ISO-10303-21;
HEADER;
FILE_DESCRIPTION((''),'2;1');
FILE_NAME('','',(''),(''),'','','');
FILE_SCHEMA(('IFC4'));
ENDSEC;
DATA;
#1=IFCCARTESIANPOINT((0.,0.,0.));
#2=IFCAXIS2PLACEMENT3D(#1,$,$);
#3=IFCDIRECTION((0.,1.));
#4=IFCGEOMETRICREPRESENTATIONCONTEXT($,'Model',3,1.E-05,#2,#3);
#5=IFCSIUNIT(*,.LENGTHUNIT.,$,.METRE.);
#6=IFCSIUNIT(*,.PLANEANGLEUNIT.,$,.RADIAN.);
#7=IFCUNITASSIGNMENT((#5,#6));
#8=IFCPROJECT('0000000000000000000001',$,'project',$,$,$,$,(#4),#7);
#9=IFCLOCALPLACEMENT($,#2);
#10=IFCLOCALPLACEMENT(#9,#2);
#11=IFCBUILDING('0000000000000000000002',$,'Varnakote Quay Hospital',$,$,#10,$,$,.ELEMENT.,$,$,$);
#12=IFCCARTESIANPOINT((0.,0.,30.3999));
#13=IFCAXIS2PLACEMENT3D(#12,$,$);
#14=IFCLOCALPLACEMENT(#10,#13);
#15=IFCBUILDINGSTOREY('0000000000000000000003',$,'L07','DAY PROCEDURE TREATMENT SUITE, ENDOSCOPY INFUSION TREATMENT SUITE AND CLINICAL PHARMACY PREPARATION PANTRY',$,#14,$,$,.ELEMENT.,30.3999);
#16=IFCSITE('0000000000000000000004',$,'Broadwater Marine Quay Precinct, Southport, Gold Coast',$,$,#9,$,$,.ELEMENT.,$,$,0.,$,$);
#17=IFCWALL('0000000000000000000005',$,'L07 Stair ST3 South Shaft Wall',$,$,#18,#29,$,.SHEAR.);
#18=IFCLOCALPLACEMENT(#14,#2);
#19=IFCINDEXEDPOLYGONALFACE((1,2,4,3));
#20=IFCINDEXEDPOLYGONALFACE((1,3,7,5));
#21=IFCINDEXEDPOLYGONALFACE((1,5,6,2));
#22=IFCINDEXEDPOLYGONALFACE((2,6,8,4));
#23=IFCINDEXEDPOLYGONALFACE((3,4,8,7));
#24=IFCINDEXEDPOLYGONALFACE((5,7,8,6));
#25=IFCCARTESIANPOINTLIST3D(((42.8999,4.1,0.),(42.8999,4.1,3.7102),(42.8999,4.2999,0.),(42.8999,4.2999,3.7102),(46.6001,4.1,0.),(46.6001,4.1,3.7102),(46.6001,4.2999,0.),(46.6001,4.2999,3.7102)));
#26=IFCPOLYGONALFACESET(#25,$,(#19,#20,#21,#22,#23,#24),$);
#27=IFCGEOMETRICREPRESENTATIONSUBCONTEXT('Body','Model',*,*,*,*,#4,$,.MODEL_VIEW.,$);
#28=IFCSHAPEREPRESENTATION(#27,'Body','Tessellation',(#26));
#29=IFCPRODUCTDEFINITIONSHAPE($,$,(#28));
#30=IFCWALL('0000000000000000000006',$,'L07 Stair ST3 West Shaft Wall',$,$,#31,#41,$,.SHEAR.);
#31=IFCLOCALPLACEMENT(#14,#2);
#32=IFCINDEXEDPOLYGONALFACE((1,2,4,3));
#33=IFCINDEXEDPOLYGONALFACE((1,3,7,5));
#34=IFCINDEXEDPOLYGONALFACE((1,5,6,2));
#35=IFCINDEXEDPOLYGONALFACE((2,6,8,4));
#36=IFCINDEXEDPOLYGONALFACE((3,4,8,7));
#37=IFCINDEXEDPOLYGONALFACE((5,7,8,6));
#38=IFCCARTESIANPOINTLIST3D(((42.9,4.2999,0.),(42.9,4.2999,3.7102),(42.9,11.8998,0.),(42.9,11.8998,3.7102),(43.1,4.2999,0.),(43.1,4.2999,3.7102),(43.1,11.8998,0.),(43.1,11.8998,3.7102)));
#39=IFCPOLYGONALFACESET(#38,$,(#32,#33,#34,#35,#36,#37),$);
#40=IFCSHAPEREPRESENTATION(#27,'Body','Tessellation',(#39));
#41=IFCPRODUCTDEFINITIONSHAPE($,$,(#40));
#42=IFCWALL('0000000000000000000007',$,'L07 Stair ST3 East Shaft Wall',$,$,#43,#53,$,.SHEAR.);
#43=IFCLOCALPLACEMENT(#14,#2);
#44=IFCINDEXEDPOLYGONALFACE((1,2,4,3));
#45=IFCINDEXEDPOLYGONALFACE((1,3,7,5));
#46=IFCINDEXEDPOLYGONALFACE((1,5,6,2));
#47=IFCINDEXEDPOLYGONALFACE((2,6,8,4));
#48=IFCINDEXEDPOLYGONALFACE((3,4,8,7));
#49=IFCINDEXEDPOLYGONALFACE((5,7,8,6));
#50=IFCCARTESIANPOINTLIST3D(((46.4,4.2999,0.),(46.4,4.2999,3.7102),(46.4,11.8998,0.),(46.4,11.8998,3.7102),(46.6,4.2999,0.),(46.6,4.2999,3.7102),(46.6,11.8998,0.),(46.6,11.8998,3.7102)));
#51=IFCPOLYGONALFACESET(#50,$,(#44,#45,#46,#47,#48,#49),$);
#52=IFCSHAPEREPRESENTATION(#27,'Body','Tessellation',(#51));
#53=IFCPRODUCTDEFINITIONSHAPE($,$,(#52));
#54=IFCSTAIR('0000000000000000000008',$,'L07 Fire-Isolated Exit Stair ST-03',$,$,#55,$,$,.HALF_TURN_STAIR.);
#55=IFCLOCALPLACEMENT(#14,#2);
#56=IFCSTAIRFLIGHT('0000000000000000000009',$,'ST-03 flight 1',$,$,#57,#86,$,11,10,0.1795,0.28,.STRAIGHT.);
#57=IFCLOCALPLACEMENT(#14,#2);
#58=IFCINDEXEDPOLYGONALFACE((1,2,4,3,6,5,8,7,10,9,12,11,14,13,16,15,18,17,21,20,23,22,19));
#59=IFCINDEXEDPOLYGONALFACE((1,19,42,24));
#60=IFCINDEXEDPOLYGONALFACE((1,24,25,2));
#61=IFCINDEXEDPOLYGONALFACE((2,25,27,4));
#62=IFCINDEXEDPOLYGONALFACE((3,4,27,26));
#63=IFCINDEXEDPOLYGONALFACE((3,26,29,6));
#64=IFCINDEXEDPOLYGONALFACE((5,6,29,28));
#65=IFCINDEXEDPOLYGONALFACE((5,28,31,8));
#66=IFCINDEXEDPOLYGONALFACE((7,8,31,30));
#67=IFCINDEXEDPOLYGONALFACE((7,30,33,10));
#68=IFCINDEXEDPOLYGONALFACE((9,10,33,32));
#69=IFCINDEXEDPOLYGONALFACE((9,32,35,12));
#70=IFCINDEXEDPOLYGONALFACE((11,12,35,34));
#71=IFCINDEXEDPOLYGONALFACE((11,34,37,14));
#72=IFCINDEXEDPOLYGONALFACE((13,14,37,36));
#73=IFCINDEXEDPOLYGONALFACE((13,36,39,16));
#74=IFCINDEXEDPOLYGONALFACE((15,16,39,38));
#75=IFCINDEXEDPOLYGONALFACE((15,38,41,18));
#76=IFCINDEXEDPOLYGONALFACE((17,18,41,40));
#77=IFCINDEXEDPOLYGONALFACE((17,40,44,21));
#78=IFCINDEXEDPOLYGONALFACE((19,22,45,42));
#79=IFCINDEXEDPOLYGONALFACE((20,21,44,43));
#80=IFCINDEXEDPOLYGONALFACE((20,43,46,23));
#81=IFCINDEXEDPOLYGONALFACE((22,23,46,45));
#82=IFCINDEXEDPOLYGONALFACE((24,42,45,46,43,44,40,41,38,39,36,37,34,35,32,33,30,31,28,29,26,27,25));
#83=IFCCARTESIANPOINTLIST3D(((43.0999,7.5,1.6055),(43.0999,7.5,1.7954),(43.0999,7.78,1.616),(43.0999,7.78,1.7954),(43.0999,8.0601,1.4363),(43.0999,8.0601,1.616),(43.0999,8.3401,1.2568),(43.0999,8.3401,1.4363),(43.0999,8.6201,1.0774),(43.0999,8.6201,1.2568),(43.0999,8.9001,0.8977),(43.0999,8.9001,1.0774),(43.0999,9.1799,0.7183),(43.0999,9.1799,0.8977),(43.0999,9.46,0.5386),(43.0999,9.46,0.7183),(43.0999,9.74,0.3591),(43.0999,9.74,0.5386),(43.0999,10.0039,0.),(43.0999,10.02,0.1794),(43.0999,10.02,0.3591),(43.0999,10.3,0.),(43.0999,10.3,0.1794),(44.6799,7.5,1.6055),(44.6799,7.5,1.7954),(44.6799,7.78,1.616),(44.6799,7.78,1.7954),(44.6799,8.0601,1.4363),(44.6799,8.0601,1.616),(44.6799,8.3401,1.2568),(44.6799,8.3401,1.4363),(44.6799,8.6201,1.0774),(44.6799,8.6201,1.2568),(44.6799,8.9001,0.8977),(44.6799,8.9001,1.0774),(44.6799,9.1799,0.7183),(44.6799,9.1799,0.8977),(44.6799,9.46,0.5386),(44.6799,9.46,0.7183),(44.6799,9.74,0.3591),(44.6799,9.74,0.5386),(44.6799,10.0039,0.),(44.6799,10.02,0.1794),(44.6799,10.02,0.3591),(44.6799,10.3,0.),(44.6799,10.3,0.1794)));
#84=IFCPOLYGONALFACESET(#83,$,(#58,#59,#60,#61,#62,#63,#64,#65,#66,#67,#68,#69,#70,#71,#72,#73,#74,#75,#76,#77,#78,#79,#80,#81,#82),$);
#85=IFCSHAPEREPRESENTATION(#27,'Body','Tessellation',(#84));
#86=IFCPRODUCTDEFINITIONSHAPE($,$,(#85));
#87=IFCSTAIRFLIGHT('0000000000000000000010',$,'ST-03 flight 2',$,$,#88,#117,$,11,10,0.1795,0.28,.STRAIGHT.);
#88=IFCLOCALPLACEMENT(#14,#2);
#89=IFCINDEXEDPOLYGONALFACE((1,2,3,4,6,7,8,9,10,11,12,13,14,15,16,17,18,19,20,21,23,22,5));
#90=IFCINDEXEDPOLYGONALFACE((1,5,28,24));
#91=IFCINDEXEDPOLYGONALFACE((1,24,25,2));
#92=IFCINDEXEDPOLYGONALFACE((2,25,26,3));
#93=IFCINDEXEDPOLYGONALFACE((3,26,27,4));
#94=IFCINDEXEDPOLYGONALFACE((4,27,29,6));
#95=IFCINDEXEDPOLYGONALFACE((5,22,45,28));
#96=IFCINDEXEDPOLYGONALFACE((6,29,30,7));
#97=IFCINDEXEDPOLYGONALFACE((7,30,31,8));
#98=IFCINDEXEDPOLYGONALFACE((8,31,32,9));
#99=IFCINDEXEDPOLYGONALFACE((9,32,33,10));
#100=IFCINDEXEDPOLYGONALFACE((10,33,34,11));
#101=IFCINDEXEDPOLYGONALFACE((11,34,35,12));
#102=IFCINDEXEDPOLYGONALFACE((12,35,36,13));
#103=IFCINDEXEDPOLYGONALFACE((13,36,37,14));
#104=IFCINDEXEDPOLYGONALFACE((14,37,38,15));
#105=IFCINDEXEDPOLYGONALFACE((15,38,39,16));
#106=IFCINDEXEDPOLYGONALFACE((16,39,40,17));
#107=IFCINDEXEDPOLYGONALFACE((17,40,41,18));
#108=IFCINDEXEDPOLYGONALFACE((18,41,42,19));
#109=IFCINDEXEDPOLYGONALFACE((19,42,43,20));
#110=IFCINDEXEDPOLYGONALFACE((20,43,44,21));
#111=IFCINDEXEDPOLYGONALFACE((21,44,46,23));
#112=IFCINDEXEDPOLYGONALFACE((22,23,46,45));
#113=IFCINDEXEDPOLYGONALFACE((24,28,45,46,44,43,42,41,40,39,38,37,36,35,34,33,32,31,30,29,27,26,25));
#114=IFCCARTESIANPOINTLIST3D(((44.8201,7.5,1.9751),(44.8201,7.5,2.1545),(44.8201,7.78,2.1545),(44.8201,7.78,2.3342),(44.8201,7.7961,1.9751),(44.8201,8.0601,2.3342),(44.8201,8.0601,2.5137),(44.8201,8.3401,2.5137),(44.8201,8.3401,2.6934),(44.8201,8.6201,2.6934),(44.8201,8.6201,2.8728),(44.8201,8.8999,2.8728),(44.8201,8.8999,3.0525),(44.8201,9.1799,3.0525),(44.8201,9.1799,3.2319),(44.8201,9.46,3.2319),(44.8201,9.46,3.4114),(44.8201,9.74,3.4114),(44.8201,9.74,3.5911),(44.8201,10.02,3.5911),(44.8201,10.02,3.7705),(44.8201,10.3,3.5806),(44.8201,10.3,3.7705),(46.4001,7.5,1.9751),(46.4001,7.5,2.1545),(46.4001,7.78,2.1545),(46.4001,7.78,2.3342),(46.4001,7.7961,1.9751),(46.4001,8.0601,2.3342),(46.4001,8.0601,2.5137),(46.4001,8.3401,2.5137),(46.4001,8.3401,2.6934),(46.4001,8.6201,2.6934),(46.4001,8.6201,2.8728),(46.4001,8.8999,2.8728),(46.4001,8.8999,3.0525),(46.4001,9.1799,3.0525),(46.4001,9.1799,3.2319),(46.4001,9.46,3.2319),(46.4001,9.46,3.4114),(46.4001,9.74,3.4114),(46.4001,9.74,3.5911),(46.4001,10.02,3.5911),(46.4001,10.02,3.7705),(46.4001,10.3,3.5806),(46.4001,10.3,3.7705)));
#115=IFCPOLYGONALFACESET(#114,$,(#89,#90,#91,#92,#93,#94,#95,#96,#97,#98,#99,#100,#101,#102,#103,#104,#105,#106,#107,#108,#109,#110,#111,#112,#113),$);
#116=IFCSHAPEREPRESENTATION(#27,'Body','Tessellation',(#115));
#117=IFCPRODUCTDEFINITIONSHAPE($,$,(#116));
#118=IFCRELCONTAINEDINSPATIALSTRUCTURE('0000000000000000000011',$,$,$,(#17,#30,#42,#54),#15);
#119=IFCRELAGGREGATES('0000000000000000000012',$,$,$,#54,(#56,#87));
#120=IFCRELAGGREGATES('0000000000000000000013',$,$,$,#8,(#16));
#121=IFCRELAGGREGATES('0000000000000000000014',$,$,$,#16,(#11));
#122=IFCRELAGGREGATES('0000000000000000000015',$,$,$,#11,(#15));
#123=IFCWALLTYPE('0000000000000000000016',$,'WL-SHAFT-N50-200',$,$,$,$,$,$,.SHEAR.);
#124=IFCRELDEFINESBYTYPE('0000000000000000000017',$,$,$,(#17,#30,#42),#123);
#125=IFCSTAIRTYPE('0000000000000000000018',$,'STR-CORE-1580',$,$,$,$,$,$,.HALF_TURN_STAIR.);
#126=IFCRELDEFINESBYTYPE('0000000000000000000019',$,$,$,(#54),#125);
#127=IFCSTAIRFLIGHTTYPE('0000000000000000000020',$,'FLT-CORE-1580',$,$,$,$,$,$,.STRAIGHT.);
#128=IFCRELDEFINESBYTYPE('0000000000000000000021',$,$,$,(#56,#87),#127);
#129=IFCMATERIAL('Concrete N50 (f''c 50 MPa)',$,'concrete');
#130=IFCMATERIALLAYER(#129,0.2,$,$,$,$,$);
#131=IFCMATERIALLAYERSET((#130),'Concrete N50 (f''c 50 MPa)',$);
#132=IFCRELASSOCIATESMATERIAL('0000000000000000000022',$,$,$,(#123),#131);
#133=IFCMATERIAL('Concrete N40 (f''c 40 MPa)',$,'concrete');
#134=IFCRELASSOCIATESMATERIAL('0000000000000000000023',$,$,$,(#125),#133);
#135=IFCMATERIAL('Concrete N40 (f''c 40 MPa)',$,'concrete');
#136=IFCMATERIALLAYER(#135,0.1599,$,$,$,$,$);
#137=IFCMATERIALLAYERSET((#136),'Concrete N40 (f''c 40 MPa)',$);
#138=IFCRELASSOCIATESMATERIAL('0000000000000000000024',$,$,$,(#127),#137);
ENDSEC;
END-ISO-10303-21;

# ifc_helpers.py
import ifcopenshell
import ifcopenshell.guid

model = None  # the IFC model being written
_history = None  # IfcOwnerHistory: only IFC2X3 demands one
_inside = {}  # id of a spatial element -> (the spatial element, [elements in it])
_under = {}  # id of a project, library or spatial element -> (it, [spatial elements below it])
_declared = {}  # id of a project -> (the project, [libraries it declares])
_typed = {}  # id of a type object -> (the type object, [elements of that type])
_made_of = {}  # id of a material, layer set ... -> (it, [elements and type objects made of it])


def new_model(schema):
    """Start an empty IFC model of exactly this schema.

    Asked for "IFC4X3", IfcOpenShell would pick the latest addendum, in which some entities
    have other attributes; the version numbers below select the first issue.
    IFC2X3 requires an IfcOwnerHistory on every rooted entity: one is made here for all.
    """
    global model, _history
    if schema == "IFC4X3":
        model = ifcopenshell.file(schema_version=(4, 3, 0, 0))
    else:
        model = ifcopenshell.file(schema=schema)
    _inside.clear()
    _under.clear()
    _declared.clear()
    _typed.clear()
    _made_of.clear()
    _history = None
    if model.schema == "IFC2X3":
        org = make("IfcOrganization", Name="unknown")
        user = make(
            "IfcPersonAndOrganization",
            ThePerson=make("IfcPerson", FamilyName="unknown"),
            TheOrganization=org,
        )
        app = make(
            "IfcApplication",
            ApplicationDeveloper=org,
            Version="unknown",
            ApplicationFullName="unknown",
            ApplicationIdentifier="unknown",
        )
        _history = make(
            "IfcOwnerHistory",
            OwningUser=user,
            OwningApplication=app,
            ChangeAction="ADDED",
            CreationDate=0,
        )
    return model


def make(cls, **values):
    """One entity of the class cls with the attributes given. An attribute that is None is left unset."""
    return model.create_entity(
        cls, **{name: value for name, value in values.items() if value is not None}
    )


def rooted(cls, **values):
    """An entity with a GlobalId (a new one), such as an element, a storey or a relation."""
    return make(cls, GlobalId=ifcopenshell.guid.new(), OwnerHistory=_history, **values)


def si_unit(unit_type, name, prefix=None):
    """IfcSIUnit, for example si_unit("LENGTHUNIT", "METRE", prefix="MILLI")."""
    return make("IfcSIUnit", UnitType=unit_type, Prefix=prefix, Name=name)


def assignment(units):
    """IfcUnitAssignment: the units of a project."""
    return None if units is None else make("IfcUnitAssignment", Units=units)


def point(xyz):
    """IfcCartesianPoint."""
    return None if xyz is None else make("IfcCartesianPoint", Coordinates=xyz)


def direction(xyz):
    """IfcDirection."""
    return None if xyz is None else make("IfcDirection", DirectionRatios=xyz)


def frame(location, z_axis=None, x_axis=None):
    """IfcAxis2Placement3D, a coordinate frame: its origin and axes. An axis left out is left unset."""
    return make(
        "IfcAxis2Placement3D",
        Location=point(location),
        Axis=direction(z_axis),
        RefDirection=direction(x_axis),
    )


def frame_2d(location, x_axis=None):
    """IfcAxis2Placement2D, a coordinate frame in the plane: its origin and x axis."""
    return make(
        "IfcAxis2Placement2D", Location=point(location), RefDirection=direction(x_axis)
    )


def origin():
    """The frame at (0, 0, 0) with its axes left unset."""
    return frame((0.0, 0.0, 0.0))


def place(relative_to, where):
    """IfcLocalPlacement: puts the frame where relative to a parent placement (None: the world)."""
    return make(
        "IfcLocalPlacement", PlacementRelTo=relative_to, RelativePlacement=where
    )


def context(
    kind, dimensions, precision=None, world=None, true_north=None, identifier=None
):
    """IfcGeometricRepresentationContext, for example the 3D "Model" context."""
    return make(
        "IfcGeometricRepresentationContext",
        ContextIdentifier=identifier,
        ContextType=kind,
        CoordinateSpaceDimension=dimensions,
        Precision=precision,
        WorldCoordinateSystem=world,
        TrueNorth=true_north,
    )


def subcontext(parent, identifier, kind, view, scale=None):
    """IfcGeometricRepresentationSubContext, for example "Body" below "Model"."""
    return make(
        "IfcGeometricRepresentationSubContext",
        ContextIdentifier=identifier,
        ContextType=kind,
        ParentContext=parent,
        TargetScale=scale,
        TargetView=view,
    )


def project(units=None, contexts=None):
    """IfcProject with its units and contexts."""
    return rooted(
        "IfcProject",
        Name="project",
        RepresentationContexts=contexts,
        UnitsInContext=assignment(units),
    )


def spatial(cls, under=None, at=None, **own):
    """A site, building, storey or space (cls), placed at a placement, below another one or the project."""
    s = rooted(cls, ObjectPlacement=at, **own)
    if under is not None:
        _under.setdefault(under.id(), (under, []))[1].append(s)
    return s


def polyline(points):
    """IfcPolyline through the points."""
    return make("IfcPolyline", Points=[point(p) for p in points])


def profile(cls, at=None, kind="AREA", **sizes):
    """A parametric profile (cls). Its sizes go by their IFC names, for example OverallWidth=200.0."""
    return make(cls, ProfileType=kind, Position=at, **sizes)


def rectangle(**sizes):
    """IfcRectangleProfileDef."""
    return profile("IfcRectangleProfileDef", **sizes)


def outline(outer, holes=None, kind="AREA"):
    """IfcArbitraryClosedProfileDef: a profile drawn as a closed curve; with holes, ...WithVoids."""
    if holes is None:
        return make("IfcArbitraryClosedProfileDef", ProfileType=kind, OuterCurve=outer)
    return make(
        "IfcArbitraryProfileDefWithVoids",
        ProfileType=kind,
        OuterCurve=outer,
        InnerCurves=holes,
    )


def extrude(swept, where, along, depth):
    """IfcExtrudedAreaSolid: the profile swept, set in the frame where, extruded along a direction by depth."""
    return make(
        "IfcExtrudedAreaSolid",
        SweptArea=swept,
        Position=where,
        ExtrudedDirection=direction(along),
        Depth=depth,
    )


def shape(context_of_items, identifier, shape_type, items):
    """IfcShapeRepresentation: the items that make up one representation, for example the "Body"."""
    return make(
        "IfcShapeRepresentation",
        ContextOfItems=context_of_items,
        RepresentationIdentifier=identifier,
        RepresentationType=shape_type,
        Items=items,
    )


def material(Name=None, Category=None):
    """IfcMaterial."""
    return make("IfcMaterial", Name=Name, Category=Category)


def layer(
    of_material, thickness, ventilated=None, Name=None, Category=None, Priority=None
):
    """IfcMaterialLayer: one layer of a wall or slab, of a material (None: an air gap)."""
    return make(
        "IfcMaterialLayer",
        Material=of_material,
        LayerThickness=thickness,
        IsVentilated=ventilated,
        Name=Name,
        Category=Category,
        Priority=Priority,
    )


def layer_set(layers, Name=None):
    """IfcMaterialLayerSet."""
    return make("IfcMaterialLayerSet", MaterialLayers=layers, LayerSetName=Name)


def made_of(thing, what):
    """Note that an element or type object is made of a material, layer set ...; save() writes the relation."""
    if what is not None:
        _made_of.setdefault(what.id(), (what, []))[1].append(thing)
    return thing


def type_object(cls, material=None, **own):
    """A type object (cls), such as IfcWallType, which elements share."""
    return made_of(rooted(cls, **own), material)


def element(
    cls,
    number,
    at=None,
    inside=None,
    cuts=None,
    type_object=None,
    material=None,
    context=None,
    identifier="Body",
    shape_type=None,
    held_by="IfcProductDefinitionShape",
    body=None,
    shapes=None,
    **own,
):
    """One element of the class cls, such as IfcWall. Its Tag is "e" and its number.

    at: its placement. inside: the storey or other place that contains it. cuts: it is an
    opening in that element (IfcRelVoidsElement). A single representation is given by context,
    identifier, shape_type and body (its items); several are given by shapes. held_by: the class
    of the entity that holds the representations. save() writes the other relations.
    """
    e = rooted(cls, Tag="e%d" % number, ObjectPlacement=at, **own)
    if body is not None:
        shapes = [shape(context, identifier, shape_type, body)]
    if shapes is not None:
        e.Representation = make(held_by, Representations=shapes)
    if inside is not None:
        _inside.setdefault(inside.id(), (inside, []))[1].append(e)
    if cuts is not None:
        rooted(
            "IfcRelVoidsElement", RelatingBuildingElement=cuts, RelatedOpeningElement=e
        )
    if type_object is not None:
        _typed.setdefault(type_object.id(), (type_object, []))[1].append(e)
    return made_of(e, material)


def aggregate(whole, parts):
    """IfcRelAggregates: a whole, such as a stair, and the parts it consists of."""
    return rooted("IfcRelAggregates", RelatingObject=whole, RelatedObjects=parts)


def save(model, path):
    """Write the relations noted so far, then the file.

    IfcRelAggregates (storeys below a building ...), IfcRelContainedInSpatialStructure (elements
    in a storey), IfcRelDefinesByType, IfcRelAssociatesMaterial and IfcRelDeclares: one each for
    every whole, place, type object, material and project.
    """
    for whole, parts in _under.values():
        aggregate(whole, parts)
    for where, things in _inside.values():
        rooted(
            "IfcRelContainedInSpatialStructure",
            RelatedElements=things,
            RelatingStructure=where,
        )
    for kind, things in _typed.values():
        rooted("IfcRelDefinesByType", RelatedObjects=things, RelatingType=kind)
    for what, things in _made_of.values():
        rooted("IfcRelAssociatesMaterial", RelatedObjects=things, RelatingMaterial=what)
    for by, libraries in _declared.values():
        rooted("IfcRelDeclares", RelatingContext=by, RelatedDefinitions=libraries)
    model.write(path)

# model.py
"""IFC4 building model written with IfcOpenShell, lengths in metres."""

from ifc_helpers import new_model, si_unit, direction, frame, frame_2d, origin, place, context, subcontext, project, spatial, polyline, rectangle, outline, extrude, material, layer, layer_set, type_object, element, aggregate, save


model = new_model("IFC4")

# Units and contexts
model_context = context("Model", 3, precision=1e-05, world=origin(), true_north=direction((0.0, 1.0)))
body_context = subcontext(model_context, "Body", "Model", "MODEL_VIEW")
ifc_project = project(units=[si_unit("LENGTHUNIT", "METRE"), si_unit("PLANEANGLEUNIT", "RADIAN")], contexts=[model_context])

# Site, building, storey
site_placement = place(None, origin())
site = spatial("IfcSite", under=ifc_project, at=site_placement, Name="Broadwater Marine Quay Precinct, Southport, Gold Coast", CompositionType="ELEMENT", RefElevation=0.0)
building_placement = place(site_placement, origin())
building = spatial("IfcBuilding", under=site, at=building_placement, Name="Varnakote Quay Hospital", CompositionType="ELEMENT")
storey_placement = place(building_placement, frame((0.0, 0.0, 30.3999)))
storey = spatial("IfcBuildingStorey", under=building, at=storey_placement, Name="L07", Description="DAY PROCEDURE TREATMENT SUITE, ENDOSCOPY INFUSION TREATMENT SUITE AND CLINICAL PHARMACY PREPARATION PANTRY", CompositionType="ELEMENT", Elevation=30.3999)

# Walls
ifc_material_1 = material(Name="Concrete N50 (f'c 50 MPa)", Category="concrete")
ifc_layer_1 = layer(ifc_material_1, 0.2)
ifc_layer_set_1 = layer_set([ifc_layer_1], Name="Concrete N50 (f'c 50 MPa)")
wall_type_1 = type_object("IfcWallType", Name="WL-SHAFT-N50-200", PredefinedType="SHEAR", material=ifc_layer_set_1)
wall_1_placement = place(storey_placement, frame((42.8999, 4.2, 0.0), z_axis=(0.0, 0.0, 1.0), x_axis=(1.0, 0.0, 0.0)))
element("IfcWall", 1, at=wall_1_placement, inside=storey, type_object=wall_type_1, Name="L07 Stair ST3 South Shaft Wall", PredefinedType="SHEAR", context=body_context, shape_type="SweptSolid", body=[
    extrude(rectangle(XDim=3.7002, YDim=0.2, at=frame_2d((1.8501, 0.0))), origin(), (0.0, 0.0, 1.0), 3.7102),
])
for number, where, z_axis, x_axis, name in (
    (2, (43.0, 4.3, 0.0), (0.0, 0.0, 1.0), (0.0, 1.0, 0.0), "L07 Stair ST3 West Shaft Wall"),
    (3, (46.5, 4.3, 0.0), (0.0, 0.0, 1.0), (0.0, 1.0, 0.0), "L07 Stair ST3 East Shaft Wall"),
):
    element("IfcWall", number, at=place(storey_placement, frame(where, z_axis=z_axis, x_axis=x_axis)), inside=storey, type_object=wall_type_1, Name=name, PredefinedType="SHEAR", context=body_context, shape_type="SweptSolid", body=[
        extrude(rectangle(XDim=7.5999, YDim=0.2, at=frame_2d((3.7998, 0.0))), origin(), (0.0, 0.0, 1.0), 3.7102),
    ])

# Stair, stair flights
ifc_material_2 = material(Name="Concrete N40 (f'c 40 MPa)", Category="concrete")
stair_type = type_object("IfcStairType", Name="STR-CORE-1580", PredefinedType="HALF_TURN_STAIR", material=ifc_material_2)
stair_placement = place(storey_placement, origin())
stair = element("IfcStair", 4, at=stair_placement, inside=storey, type_object=stair_type, Name="L07 Fire-Isolated Exit Stair ST-03", PredefinedType="HALF_TURN_STAIR")
ifc_material_3 = material(Name="Concrete N40 (f'c 40 MPa)", Category="concrete")
ifc_layer_2 = layer(ifc_material_3, 0.1599)
ifc_layer_set_2 = layer_set([ifc_layer_2], Name="Concrete N40 (f'c 40 MPa)")
stair_flight_type = type_object("IfcStairFlightType", Name="FLT-CORE-1580", PredefinedType="STRAIGHT", material=ifc_layer_set_2)
stair_flight_1_placement = place(storey_placement, frame((43.8899, 10.3, 0.0), z_axis=(0.0, 0.0, 1.0), x_axis=(0.0, -1.0, 0.0)))
stair_flight_1 = element("IfcStairFlight", 5, at=stair_flight_1_placement, type_object=stair_flight_type, Name="ST-03 flight 1", NumberOfRisers=11, NumberOfTreads=10, PredefinedType="STRAIGHT", RiserHeight=0.1795, TreadLength=0.28, context=body_context, shape_type="SweptSolid", body=[
    extrude(outline(polyline([(0.0, 0.0), (0.0, 0.1794), (0.28, 0.1794), (0.28, 0.3591), (0.5601, 0.3591), (0.5601, 0.5386), (0.8401, 0.5386), (0.8401, 0.7183), (1.1201, 0.7183), (1.1201, 0.8977), (1.3999, 0.8977), (1.3999, 1.0774), (1.6799, 1.0774), (1.6799, 1.2568), (1.96, 1.2568), (1.96, 1.4363), (2.24, 1.4363), (2.24, 1.616), (2.52, 1.616), (2.52, 1.7954), (2.8, 1.7954), (2.8, 1.9751), (2.8, 1.6055), (0.2961, 0.0), (0.0, 0.0)])), frame((0.0, 0.79, 0.0), z_axis=(0.0, -1.0, 0.0), x_axis=(1.0, 0.0, 0.0)), (0.0, 0.0, 1.0), 1.5801),
])
stair_flight_2_placement = place(storey_placement, frame((45.6101, 7.5, 1.9751), z_axis=(0.0, 0.0, 1.0), x_axis=(0.0, 1.0, 0.0)))
stair_flight_2 = element("IfcStairFlight", 6, at=stair_flight_2_placement, type_object=stair_flight_type, Name="ST-03 flight 2", NumberOfRisers=11, NumberOfTreads=10, PredefinedType="STRAIGHT", RiserHeight=0.1795, TreadLength=0.28, context=body_context, shape_type="SweptSolid", body=[
    extrude(outline(polyline([(0.0, 0.0), (0.0, 0.1794), (0.28, 0.1794), (0.28, 0.3591), (0.5601, 0.3591), (0.5601, 0.5386), (0.8401, 0.5386), (0.8401, 0.7183), (1.1201, 0.7183), (1.1201, 0.8977), (1.3999, 0.8977), (1.3999, 1.0774), (1.6799, 1.0774), (1.6799, 1.2568), (1.96, 1.2568), (1.96, 1.4363), (2.24, 1.4363), (2.24, 1.616), (2.52, 1.616), (2.52, 1.7954), (2.8, 1.7954), (2.8, 1.9751), (2.8, 1.6055), (0.2961, 0.0), (0.0, 0.0)])), frame((0.0, 0.79, 0.0), z_axis=(0.0, -1.0, 0.0), x_axis=(1.0, 0.0, 0.0)), (0.0, 0.0, 1.0), 1.5801),
])
aggregate(stair, [stair_flight_1, stair_flight_2])

save(model, "model.ifc")
